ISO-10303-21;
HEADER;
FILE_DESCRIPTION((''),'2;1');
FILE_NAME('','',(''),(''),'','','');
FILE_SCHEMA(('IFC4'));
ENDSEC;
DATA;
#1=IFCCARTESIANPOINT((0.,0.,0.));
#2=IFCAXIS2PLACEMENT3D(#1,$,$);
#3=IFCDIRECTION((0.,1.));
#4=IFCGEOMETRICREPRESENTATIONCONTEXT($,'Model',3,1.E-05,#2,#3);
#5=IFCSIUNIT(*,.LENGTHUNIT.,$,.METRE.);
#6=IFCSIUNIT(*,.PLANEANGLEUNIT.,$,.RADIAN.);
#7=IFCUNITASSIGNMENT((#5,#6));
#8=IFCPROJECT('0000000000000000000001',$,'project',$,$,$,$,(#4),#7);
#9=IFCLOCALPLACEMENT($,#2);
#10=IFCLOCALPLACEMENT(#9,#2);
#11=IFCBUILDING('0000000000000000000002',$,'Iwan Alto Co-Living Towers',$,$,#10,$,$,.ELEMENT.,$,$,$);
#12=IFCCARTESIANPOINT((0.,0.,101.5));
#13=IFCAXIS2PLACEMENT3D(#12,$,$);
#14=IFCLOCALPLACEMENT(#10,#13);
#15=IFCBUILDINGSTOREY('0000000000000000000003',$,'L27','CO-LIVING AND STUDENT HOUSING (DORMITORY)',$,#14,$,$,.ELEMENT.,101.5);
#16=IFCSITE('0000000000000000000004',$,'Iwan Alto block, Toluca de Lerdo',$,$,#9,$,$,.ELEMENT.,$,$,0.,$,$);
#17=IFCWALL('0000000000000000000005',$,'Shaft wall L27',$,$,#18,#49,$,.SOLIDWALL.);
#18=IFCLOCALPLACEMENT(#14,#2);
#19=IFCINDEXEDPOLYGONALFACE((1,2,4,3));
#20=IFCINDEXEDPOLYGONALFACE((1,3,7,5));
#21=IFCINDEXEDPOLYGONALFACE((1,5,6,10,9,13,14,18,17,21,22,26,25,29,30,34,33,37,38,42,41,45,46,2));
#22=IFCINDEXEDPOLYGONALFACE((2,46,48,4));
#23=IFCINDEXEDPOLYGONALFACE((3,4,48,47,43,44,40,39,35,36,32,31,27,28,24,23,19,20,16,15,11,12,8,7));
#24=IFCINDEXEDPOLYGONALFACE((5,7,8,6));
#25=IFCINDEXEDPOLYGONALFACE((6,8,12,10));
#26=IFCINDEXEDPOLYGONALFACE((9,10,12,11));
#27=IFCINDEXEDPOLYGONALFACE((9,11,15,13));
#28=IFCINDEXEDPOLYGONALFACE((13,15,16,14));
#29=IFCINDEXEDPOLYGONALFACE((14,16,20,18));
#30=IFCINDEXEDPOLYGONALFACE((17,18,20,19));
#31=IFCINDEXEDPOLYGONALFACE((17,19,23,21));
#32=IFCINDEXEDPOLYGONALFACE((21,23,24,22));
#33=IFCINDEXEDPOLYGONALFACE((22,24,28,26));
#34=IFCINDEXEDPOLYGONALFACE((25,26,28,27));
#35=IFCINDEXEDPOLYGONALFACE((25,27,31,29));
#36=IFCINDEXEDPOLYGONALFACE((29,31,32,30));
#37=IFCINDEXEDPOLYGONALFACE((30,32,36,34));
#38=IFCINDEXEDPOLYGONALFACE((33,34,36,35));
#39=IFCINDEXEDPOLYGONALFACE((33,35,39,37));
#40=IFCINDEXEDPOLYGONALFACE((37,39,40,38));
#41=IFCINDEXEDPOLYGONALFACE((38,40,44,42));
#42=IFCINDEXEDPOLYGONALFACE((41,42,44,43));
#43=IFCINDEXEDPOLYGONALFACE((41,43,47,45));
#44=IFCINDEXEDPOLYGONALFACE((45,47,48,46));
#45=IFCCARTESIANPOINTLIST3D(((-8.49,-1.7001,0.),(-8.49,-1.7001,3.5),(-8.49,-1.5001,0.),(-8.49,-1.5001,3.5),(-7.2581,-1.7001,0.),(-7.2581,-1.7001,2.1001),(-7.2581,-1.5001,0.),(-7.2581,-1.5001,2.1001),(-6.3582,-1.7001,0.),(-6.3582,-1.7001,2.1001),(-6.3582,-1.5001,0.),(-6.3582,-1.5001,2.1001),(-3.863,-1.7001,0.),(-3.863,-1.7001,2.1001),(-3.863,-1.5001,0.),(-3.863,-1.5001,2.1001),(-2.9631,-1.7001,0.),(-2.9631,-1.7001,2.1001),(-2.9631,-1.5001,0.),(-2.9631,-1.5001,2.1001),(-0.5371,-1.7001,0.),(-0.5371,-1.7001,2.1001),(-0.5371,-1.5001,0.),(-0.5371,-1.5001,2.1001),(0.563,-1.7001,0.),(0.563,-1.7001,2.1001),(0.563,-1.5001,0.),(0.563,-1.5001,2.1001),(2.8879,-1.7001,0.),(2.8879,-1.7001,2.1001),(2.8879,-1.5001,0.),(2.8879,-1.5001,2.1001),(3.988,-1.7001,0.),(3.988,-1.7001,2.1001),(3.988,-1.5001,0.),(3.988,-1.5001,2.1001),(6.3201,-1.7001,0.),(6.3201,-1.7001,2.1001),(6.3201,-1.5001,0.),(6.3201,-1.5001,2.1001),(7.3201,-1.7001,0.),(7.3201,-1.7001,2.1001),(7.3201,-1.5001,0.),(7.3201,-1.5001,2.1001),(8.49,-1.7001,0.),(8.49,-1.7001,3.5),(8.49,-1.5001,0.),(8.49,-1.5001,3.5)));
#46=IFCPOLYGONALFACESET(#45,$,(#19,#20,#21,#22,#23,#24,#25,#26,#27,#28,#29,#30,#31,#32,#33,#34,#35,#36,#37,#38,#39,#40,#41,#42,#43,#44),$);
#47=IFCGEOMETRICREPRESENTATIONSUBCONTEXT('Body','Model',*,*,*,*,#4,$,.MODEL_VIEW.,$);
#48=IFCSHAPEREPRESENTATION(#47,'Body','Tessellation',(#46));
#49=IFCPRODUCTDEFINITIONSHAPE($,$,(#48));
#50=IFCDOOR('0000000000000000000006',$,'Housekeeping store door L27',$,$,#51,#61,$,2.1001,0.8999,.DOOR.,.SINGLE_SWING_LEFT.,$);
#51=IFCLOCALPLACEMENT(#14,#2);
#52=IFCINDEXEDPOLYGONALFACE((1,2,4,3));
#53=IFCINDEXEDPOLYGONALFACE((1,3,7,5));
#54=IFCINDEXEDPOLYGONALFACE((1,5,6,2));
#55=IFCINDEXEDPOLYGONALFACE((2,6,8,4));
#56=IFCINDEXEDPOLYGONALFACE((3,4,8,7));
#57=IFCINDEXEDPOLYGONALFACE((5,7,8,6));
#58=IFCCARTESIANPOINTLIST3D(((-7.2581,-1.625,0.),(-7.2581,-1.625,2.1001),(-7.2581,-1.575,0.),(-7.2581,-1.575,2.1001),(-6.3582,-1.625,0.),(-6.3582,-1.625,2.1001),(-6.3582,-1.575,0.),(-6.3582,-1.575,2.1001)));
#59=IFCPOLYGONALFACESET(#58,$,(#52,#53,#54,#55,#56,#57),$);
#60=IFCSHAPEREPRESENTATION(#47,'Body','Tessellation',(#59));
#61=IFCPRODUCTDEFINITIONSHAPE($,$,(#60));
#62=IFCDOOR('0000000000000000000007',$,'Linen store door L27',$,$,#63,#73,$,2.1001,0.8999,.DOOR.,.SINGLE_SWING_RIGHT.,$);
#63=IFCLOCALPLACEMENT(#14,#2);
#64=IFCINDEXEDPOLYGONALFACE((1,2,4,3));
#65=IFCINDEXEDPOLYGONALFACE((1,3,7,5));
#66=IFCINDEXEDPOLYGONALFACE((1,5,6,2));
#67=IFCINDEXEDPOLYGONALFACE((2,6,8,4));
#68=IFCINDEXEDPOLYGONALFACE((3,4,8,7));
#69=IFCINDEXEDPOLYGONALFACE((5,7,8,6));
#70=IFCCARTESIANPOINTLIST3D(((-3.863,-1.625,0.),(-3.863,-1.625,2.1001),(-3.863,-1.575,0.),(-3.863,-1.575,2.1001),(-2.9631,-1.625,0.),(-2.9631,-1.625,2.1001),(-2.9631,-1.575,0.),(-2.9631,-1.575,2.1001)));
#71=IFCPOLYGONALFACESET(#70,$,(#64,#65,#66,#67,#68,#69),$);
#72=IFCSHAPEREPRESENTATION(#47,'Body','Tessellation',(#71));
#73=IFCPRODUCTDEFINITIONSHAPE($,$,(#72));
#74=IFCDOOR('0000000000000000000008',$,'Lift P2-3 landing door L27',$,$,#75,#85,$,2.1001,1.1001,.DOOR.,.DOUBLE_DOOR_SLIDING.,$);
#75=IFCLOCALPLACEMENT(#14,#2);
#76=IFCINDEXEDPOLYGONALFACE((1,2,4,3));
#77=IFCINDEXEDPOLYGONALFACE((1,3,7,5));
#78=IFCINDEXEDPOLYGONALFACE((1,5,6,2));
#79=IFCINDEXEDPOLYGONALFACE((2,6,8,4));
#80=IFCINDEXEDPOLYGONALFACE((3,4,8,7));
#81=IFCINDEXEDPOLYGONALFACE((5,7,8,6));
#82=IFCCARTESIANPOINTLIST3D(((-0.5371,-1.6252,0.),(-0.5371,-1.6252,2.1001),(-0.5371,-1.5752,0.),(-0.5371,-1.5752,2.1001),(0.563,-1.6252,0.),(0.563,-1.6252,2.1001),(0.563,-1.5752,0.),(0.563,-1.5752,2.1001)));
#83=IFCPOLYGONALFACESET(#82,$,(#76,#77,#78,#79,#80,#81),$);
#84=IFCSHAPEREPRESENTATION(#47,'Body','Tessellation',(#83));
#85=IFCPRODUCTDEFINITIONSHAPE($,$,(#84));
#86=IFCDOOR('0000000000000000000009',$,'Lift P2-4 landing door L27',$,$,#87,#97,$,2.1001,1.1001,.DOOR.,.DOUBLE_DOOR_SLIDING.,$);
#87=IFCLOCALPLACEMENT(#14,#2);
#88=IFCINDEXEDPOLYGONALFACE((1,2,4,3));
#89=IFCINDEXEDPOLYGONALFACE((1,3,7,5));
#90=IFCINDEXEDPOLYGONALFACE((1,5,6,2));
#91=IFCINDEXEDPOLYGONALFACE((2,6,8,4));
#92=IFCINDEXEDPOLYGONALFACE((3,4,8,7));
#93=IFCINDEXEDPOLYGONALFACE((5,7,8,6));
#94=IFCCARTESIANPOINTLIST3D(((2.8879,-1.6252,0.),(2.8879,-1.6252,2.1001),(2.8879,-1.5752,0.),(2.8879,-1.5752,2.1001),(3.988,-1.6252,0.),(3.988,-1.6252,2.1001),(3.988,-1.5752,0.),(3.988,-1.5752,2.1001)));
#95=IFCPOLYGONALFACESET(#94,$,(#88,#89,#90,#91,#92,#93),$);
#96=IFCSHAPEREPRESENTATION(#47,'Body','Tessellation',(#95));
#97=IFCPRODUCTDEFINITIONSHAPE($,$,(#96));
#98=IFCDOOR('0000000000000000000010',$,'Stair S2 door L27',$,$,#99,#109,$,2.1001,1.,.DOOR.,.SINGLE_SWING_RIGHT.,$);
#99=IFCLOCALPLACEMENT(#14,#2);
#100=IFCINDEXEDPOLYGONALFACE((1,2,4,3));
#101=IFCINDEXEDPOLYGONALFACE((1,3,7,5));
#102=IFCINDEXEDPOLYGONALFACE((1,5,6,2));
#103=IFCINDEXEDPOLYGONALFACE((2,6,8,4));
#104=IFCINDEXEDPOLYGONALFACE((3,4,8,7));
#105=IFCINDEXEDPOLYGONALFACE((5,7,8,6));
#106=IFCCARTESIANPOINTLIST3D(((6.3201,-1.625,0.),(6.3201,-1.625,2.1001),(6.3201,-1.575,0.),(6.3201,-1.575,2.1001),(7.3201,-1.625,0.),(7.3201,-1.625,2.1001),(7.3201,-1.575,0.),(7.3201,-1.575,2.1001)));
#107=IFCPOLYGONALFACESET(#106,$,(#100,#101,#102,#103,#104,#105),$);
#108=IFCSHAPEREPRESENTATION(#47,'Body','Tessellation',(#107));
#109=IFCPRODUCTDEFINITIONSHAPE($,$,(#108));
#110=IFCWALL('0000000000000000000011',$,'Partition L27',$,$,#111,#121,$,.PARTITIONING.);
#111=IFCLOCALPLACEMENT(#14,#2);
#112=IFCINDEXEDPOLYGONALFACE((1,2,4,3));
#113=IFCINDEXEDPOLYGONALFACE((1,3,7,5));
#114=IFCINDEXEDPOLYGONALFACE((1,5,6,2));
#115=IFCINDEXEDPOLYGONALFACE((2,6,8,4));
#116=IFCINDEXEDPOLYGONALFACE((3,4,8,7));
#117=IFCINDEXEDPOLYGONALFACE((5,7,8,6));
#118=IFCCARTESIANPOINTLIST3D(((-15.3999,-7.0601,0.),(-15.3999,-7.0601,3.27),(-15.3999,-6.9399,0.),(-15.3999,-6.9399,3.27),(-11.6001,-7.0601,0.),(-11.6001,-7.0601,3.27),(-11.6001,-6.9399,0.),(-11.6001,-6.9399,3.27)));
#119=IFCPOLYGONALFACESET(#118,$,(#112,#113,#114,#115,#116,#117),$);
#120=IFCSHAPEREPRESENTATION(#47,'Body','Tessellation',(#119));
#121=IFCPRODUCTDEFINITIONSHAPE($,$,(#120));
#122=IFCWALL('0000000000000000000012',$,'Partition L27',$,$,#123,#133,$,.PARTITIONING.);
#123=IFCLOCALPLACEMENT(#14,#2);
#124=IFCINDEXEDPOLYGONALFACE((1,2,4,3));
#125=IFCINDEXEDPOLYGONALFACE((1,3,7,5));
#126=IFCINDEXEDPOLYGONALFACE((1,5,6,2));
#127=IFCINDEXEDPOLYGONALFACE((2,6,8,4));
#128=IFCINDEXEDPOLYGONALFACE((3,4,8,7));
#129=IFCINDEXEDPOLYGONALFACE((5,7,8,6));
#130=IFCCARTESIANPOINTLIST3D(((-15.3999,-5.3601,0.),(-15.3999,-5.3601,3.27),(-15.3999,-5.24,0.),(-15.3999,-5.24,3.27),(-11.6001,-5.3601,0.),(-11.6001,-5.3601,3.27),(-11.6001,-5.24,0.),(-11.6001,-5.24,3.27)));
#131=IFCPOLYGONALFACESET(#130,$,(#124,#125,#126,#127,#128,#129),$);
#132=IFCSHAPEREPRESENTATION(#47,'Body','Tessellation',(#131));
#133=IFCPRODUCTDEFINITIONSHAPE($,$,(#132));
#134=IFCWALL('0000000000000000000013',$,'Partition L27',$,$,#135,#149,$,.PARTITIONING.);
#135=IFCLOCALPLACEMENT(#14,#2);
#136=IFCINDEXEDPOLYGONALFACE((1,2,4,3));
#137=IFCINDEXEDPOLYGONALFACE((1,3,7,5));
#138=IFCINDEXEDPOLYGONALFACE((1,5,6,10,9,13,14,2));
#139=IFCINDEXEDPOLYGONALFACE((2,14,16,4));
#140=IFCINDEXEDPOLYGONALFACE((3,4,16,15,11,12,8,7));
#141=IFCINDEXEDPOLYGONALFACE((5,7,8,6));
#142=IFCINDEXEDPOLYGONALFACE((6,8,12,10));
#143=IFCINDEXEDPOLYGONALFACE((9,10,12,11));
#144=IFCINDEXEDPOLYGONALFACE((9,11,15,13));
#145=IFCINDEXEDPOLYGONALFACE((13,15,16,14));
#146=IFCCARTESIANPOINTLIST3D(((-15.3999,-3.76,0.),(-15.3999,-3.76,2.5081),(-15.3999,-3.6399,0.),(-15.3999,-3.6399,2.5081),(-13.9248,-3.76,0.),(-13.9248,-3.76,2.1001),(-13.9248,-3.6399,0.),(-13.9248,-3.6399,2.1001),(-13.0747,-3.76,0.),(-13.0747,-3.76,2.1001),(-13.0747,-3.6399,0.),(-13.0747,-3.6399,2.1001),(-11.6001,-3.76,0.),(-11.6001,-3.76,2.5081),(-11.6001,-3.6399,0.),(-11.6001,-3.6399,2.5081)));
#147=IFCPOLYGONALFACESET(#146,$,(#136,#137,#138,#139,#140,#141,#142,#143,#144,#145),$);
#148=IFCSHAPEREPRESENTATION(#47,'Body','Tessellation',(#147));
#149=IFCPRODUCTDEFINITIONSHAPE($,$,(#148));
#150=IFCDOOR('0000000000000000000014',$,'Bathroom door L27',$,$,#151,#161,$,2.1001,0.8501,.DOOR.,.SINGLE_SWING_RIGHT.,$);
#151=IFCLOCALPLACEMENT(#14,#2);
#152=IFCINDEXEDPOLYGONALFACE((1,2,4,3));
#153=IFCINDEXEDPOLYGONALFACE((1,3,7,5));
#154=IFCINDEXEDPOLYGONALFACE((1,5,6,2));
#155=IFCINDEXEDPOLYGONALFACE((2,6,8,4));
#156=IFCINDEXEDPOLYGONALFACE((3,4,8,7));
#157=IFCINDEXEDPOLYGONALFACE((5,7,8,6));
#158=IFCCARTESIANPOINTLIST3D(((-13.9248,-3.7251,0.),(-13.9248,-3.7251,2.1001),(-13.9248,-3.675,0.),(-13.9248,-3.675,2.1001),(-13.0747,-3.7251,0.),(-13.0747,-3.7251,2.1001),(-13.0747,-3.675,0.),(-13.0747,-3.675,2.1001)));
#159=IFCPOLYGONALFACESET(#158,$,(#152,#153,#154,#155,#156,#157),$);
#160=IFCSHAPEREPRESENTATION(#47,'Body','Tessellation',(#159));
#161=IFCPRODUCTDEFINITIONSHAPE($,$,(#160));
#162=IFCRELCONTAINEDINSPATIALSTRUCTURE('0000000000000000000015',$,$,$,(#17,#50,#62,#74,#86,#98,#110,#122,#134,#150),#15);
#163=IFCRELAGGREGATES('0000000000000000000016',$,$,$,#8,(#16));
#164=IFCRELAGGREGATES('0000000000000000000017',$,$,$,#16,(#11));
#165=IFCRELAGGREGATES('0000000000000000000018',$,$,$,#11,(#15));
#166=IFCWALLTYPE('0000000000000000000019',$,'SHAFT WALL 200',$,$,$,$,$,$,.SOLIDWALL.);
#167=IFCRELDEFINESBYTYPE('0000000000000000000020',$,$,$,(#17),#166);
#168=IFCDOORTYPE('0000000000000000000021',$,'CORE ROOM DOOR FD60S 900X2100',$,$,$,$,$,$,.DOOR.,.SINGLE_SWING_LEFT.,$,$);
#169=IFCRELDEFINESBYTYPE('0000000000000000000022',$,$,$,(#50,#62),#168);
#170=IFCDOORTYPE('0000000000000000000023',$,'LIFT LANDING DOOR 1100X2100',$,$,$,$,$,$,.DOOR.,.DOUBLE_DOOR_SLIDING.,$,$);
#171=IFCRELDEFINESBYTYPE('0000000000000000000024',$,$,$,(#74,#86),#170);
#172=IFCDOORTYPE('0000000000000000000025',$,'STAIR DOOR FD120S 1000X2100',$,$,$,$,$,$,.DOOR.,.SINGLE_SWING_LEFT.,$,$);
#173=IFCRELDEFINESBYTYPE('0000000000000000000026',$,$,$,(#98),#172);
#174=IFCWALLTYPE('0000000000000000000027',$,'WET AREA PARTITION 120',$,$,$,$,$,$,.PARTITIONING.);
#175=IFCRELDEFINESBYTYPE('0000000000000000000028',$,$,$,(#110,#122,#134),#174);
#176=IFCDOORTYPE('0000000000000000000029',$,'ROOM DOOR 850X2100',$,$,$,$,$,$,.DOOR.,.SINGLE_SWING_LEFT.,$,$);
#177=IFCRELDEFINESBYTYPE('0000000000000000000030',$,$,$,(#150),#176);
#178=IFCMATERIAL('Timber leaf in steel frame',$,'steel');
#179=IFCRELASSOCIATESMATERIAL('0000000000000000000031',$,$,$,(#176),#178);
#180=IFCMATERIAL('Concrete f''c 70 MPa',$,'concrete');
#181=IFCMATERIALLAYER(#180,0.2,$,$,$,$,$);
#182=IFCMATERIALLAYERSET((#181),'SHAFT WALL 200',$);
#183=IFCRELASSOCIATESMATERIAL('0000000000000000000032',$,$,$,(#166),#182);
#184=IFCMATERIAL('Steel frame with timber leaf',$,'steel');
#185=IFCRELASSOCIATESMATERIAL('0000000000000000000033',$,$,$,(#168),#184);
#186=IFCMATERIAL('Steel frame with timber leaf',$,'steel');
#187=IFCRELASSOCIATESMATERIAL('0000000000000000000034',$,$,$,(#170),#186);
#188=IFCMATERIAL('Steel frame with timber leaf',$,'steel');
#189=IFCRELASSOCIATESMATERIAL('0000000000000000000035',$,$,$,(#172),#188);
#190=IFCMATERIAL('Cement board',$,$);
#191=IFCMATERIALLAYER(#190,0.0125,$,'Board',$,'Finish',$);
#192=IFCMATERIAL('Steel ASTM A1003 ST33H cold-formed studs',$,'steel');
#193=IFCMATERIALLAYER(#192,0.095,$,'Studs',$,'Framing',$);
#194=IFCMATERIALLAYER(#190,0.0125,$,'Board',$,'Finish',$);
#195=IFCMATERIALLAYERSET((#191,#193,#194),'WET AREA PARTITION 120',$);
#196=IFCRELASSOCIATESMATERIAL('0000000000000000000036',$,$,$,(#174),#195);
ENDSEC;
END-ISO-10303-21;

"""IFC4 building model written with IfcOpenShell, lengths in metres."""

from ifc_helpers import new_model, si_unit, direction, frame, frame_2d, origin, place, context, subcontext, project, spatial, rectangle, extrude, material, layer, layer_set, type_object, element, fill, save


model = new_model("IFC4")

# Units and contexts
model_context = context("Model", 3, precision=1e-05, world=origin(), true_north=direction((0.0, 1.0)))
body_context = subcontext(model_context, "Body", "Model", "MODEL_VIEW")
ifc_project = project(units=[si_unit("LENGTHUNIT", "METRE"), si_unit("PLANEANGLEUNIT", "RADIAN")], contexts=[model_context])

# Site, building, storey
site_placement = place(None, origin())
site = spatial("IfcSite", under=ifc_project, at=site_placement, Name="Iwan Alto block, Toluca de Lerdo", CompositionType="ELEMENT", RefElevation=0.0)
building_placement = place(site_placement, origin())
building = spatial("IfcBuilding", under=site, at=building_placement, Name="Iwan Alto Co-Living Towers", CompositionType="ELEMENT")
storey_placement = place(building_placement, frame((0.0, 0.0, 101.5)))
storey = spatial("IfcBuildingStorey", under=building, at=storey_placement, Name="L27", Description="CO-LIVING AND STUDENT HOUSING (DORMITORY)", CompositionType="ELEMENT", Elevation=101.5)

# Shared definitions
ifc_material_1 = material(Name="Steel ASTM A1003 ST33H cold-formed studs", Category="steel")

# Shared definitions
ifc_material_2 = material(Name="Timber leaf in steel frame", Category="steel")
door_type_1 = type_object("IfcDoorType", Name="ROOM DOOR 850X2100", OperationType="SINGLE_SWING_LEFT", PredefinedType="DOOR", material=ifc_material_2)

# Shared definitions
ifc_material_3 = material(Name="Concrete f'c 70 MPa", Category="concrete")
ifc_layer_1 = layer(ifc_material_3, 0.2)
ifc_layer_set_1 = layer_set([ifc_layer_1], Name="SHAFT WALL 200")
wall_type_1 = type_object("IfcWallType", Name="SHAFT WALL 200", PredefinedType="SOLIDWALL", material=ifc_layer_set_1)

# Wall, openings, doors
wall_1_placement = place(storey_placement, frame((-8.49, -1.6001, 0.0), z_axis=(0.0, 0.0, 1.0), x_axis=(1.0, 0.0, 0.0)))
wall_1 = element("IfcWall", 1, at=wall_1_placement, inside=storey, type_object=wall_type_1, Name="Shaft wall L27", PredefinedType="SOLIDWALL", context=body_context, shape_type="SweptSolid", body=[
    extrude(rectangle(XDim=16.98, YDim=0.2, at=frame_2d((8.49, 0.0))), origin(), (0.0, 0.0, 1.0), 3.5),
])
opening_1_placement = place(wall_1_placement, frame((14.8101, 0.0, 0.0)))
opening_1 = element("IfcOpeningElement", 2, at=opening_1_placement, cuts=wall_1, PredefinedType="OPENING", context=body_context, shape_type="SweptSolid", body=[
    extrude(rectangle(XDim=1.0, YDim=2.1001, at=frame_2d((0.5, 1.05))), frame((0.0, 0.1099, 0.0), z_axis=(0.0, -1.0, 0.0), x_axis=(1.0, 0.0, 0.0)), (0.0, 0.0, 1.0), 0.22),
])
opening_2_placement = place(wall_1_placement, frame((1.2319, 0.0, 0.0)))
opening_2 = element("IfcOpeningElement", 3, at=opening_2_placement, cuts=wall_1, PredefinedType="OPENING", context=body_context, shape_type="SweptSolid", body=[
    extrude(rectangle(XDim=0.8999, YDim=2.1001, at=frame_2d((0.45, 1.05))), frame((0.0, 0.1099, 0.0), z_axis=(0.0, -1.0, 0.0), x_axis=(1.0, 0.0, 0.0)), (0.0, 0.0, 1.0), 0.22),
])
opening_3_placement = place(wall_1_placement, frame((4.627, 0.0, 0.0)))
opening_3 = element("IfcOpeningElement", 4, at=opening_3_placement, cuts=wall_1, PredefinedType="OPENING", context=body_context, shape_type="SweptSolid", body=[
    extrude(rectangle(XDim=0.8999, YDim=2.1001, at=frame_2d((0.45, 1.05))), frame((0.0, 0.1099, 0.0), z_axis=(0.0, -1.0, 0.0), x_axis=(1.0, 0.0, 0.0)), (0.0, 0.0, 1.0), 0.22),
])
opening_4_placement = place(wall_1_placement, frame((7.9529, 0.0, 0.0)))
opening_4 = element("IfcOpeningElement", 5, at=opening_4_placement, cuts=wall_1, PredefinedType="OPENING", context=body_context, shape_type="SweptSolid", body=[
    extrude(rectangle(XDim=1.1001, YDim=2.1001, at=frame_2d((0.55, 1.05))), frame((0.0, 0.1099, 0.0), z_axis=(0.0, -1.0, 0.0), x_axis=(1.0, 0.0, 0.0)), (0.0, 0.0, 1.0), 0.22),
])
opening_5_placement = place(wall_1_placement, frame((11.3779, 0.0, 0.0)))
opening_5 = element("IfcOpeningElement", 6, at=opening_5_placement, cuts=wall_1, PredefinedType="OPENING", context=body_context, shape_type="SweptSolid", body=[
    extrude(rectangle(XDim=1.1001, YDim=2.1001, at=frame_2d((0.55, 1.05))), frame((0.0, 0.1099, 0.0), z_axis=(0.0, -1.0, 0.0), x_axis=(1.0, 0.0, 0.0)), (0.0, 0.0, 1.0), 0.22),
])
ifc_material_4 = material(Name="Steel frame with timber leaf", Category="steel")
door_type_2 = type_object("IfcDoorType", Name="CORE ROOM DOOR FD60S 900X2100", OperationType="SINGLE_SWING_LEFT", PredefinedType="DOOR", material=ifc_material_4)
door_1_placement = place(opening_2_placement, frame((0.8999, 0.0, 0.0), z_axis=(0.0, 0.0, 1.0), x_axis=(-1.0, 0.0, 0.0)))
door_1 = element("IfcDoor", 7, at=door_1_placement, inside=storey, type_object=door_type_2, Name="Housekeeping store door L27", OperationType="SINGLE_SWING_LEFT", OverallHeight=2.1001, OverallWidth=0.8999, PredefinedType="DOOR", context=body_context, shape_type="SweptSolid", body=[
    extrude(rectangle(XDim=0.8999, YDim=2.1001, at=frame_2d((0.45, 1.05))), frame((0.0, 0.0249, 0.0), z_axis=(0.0, -1.0, 0.0), x_axis=(1.0, 0.0, 0.0)), (0.0, 0.0, 1.0), 0.05),
])
fill(opening_2, door_1)
door_2_placement = place(opening_3_placement, frame((0.8999, 0.0, 0.0), z_axis=(0.0, 0.0, 1.0), x_axis=(-1.0, 0.0, 0.0)))
door_2 = element("IfcDoor", 8, at=door_2_placement, inside=storey, type_object=door_type_2, Name="Linen store door L27", OperationType="SINGLE_SWING_RIGHT", OverallHeight=2.1001, OverallWidth=0.8999, PredefinedType="DOOR", context=body_context, shape_type="SweptSolid", body=[
    extrude(rectangle(XDim=0.8999, YDim=2.1001, at=frame_2d((0.45, 1.05))), frame((0.0, 0.0249, 0.0), z_axis=(0.0, -1.0, 0.0), x_axis=(1.0, 0.0, 0.0)), (0.0, 0.0, 1.0), 0.05),
])
fill(opening_3, door_2)
ifc_material_5 = material(Name="Steel frame with timber leaf", Category="steel")
door_type_3 = type_object("IfcDoorType", Name="LIFT LANDING DOOR 1100X2100", OperationType="DOUBLE_DOOR_SLIDING", PredefinedType="DOOR", material=ifc_material_5)
door_3_placement = place(opening_4_placement, origin())
door_3 = element("IfcDoor", 9, at=door_3_placement, inside=storey, type_object=door_type_3, Name="Lift P2-3 landing door L27", OperationType="DOUBLE_DOOR_SLIDING", OverallHeight=2.1001, OverallWidth=1.1001, PredefinedType="DOOR", context=body_context, shape_type="SweptSolid", body=[
    extrude(rectangle(XDim=1.1001, YDim=2.1001, at=frame_2d((0.55, 1.05))), frame((0.0, 0.0249, 0.0), z_axis=(0.0, -1.0, 0.0), x_axis=(1.0, 0.0, 0.0)), (0.0, 0.0, 1.0), 0.05),
])
fill(opening_4, door_3)
door_4_placement = place(opening_5_placement, origin())
door_4 = element("IfcDoor", 10, at=door_4_placement, inside=storey, type_object=door_type_3, Name="Lift P2-4 landing door L27", OperationType="DOUBLE_DOOR_SLIDING", OverallHeight=2.1001, OverallWidth=1.1001, PredefinedType="DOOR", context=body_context, shape_type="SweptSolid", body=[
    extrude(rectangle(XDim=1.1001, YDim=2.1001, at=frame_2d((0.55, 1.05))), frame((0.0, 0.0249, 0.0), z_axis=(0.0, -1.0, 0.0), x_axis=(1.0, 0.0, 0.0)), (0.0, 0.0, 1.0), 0.05),
])
fill(opening_5, door_4)
ifc_material_6 = material(Name="Steel frame with timber leaf", Category="steel")
door_type_4 = type_object("IfcDoorType", Name="STAIR DOOR FD120S 1000X2100", OperationType="SINGLE_SWING_LEFT", PredefinedType="DOOR", material=ifc_material_6)
door_5_placement = place(opening_1_placement, frame((1.0, 0.0, 0.0), z_axis=(0.0, 0.0, 1.0), x_axis=(-1.0, 0.0, 0.0)))
door_5 = element("IfcDoor", 11, at=door_5_placement, inside=storey, type_object=door_type_4, Name="Stair S2 door L27", OperationType="SINGLE_SWING_RIGHT", OverallHeight=2.1001, OverallWidth=1.0, PredefinedType="DOOR", context=body_context, shape_type="SweptSolid", body=[
    extrude(rectangle(XDim=1.0, YDim=2.1001, at=frame_2d((0.5, 1.05))), frame((0.0, 0.0249, 0.0), z_axis=(0.0, -1.0, 0.0), x_axis=(1.0, 0.0, 0.0)), (0.0, 0.0, 1.0), 0.05),
])
fill(opening_1, door_5)

# Walls
ifc_material_7 = material(Name="Cement board")
ifc_layer_2 = layer(ifc_material_7, 0.0125, Name="Board", Category="Finish")
ifc_layer_3 = layer(ifc_material_1, 0.095, Name="Studs", Category="Framing")
ifc_layer_4 = layer(ifc_material_7, 0.0125, Name="Board", Category="Finish")
ifc_layer_set_2 = layer_set([ifc_layer_2, ifc_layer_3, ifc_layer_4], Name="WET AREA PARTITION 120")
wall_type_2 = type_object("IfcWallType", Name="WET AREA PARTITION 120", PredefinedType="PARTITIONING", material=ifc_layer_set_2)
for number, where, z_axis, x_axis, name in (
    (12, (-15.3999, -7.0, 0.0), (0.0, 0.0, 1.0), (1.0, 0.0, 0.0), "Partition L27"),
    (13, (-15.3999, -5.3, 0.0), (0.0, 0.0, 1.0), (1.0, 0.0, 0.0), "Partition L27"),
):
    element("IfcWall", number, at=place(storey_placement, frame(where, z_axis=z_axis, x_axis=x_axis)), inside=storey, type_object=wall_type_2, Name=name, PredefinedType="PARTITIONING", context=body_context, shape_type="SweptSolid", body=[
        extrude(rectangle(XDim=3.7998, YDim=0.1201, at=frame_2d((1.8999, 0.0))), origin(), (0.0, 0.0, 1.0), 3.27),
    ])

# Wall, opening, door
wall_2_placement = place(storey_placement, frame((-15.3999, -3.7, 0.0), z_axis=(0.0, 0.0, 1.0), x_axis=(1.0, 0.0, 0.0)))
wall_2 = element("IfcWall", 14, at=wall_2_placement, inside=storey, type_object=wall_type_2, Name="Partition L27", PredefinedType="PARTITIONING", context=body_context, shape_type="SweptSolid", body=[
    extrude(rectangle(XDim=3.7998, YDim=0.1201, at=frame_2d((1.8999, 0.0))), origin(), (0.0, 0.0, 1.0), 2.5081),
])
opening_6_placement = place(wall_2_placement, frame((1.4751, 0.0, 0.0)))
opening_6 = element("IfcOpeningElement", 15, at=opening_6_placement, cuts=wall_2, PredefinedType="OPENING", context=body_context, shape_type="SweptSolid", body=[
    extrude(rectangle(XDim=0.8501, YDim=2.1001, at=frame_2d((0.425, 1.05))), frame((0.0, 0.0701, 0.0), z_axis=(0.0, -1.0, 0.0), x_axis=(1.0, 0.0, 0.0)), (0.0, 0.0, 1.0), 0.1401),
])
door_6_placement = place(opening_6_placement, origin())
door_6 = element("IfcDoor", 16, at=door_6_placement, inside=storey, type_object=door_type_1, Name="Bathroom door L27", OperationType="SINGLE_SWING_RIGHT", OverallHeight=2.1001, OverallWidth=0.8501, PredefinedType="DOOR", context=body_context, shape_type="SweptSolid", body=[
    extrude(rectangle(XDim=0.8501, YDim=2.1001, at=frame_2d((0.425, 1.05))), frame((0.0, 0.0249, 0.0), z_axis=(0.0, -1.0, 0.0), x_axis=(1.0, 0.0, 0.0)), (0.0, 0.0, 1.0), 0.05),
])
fill(opening_6, door_6)

save(model, "model.ifc")
